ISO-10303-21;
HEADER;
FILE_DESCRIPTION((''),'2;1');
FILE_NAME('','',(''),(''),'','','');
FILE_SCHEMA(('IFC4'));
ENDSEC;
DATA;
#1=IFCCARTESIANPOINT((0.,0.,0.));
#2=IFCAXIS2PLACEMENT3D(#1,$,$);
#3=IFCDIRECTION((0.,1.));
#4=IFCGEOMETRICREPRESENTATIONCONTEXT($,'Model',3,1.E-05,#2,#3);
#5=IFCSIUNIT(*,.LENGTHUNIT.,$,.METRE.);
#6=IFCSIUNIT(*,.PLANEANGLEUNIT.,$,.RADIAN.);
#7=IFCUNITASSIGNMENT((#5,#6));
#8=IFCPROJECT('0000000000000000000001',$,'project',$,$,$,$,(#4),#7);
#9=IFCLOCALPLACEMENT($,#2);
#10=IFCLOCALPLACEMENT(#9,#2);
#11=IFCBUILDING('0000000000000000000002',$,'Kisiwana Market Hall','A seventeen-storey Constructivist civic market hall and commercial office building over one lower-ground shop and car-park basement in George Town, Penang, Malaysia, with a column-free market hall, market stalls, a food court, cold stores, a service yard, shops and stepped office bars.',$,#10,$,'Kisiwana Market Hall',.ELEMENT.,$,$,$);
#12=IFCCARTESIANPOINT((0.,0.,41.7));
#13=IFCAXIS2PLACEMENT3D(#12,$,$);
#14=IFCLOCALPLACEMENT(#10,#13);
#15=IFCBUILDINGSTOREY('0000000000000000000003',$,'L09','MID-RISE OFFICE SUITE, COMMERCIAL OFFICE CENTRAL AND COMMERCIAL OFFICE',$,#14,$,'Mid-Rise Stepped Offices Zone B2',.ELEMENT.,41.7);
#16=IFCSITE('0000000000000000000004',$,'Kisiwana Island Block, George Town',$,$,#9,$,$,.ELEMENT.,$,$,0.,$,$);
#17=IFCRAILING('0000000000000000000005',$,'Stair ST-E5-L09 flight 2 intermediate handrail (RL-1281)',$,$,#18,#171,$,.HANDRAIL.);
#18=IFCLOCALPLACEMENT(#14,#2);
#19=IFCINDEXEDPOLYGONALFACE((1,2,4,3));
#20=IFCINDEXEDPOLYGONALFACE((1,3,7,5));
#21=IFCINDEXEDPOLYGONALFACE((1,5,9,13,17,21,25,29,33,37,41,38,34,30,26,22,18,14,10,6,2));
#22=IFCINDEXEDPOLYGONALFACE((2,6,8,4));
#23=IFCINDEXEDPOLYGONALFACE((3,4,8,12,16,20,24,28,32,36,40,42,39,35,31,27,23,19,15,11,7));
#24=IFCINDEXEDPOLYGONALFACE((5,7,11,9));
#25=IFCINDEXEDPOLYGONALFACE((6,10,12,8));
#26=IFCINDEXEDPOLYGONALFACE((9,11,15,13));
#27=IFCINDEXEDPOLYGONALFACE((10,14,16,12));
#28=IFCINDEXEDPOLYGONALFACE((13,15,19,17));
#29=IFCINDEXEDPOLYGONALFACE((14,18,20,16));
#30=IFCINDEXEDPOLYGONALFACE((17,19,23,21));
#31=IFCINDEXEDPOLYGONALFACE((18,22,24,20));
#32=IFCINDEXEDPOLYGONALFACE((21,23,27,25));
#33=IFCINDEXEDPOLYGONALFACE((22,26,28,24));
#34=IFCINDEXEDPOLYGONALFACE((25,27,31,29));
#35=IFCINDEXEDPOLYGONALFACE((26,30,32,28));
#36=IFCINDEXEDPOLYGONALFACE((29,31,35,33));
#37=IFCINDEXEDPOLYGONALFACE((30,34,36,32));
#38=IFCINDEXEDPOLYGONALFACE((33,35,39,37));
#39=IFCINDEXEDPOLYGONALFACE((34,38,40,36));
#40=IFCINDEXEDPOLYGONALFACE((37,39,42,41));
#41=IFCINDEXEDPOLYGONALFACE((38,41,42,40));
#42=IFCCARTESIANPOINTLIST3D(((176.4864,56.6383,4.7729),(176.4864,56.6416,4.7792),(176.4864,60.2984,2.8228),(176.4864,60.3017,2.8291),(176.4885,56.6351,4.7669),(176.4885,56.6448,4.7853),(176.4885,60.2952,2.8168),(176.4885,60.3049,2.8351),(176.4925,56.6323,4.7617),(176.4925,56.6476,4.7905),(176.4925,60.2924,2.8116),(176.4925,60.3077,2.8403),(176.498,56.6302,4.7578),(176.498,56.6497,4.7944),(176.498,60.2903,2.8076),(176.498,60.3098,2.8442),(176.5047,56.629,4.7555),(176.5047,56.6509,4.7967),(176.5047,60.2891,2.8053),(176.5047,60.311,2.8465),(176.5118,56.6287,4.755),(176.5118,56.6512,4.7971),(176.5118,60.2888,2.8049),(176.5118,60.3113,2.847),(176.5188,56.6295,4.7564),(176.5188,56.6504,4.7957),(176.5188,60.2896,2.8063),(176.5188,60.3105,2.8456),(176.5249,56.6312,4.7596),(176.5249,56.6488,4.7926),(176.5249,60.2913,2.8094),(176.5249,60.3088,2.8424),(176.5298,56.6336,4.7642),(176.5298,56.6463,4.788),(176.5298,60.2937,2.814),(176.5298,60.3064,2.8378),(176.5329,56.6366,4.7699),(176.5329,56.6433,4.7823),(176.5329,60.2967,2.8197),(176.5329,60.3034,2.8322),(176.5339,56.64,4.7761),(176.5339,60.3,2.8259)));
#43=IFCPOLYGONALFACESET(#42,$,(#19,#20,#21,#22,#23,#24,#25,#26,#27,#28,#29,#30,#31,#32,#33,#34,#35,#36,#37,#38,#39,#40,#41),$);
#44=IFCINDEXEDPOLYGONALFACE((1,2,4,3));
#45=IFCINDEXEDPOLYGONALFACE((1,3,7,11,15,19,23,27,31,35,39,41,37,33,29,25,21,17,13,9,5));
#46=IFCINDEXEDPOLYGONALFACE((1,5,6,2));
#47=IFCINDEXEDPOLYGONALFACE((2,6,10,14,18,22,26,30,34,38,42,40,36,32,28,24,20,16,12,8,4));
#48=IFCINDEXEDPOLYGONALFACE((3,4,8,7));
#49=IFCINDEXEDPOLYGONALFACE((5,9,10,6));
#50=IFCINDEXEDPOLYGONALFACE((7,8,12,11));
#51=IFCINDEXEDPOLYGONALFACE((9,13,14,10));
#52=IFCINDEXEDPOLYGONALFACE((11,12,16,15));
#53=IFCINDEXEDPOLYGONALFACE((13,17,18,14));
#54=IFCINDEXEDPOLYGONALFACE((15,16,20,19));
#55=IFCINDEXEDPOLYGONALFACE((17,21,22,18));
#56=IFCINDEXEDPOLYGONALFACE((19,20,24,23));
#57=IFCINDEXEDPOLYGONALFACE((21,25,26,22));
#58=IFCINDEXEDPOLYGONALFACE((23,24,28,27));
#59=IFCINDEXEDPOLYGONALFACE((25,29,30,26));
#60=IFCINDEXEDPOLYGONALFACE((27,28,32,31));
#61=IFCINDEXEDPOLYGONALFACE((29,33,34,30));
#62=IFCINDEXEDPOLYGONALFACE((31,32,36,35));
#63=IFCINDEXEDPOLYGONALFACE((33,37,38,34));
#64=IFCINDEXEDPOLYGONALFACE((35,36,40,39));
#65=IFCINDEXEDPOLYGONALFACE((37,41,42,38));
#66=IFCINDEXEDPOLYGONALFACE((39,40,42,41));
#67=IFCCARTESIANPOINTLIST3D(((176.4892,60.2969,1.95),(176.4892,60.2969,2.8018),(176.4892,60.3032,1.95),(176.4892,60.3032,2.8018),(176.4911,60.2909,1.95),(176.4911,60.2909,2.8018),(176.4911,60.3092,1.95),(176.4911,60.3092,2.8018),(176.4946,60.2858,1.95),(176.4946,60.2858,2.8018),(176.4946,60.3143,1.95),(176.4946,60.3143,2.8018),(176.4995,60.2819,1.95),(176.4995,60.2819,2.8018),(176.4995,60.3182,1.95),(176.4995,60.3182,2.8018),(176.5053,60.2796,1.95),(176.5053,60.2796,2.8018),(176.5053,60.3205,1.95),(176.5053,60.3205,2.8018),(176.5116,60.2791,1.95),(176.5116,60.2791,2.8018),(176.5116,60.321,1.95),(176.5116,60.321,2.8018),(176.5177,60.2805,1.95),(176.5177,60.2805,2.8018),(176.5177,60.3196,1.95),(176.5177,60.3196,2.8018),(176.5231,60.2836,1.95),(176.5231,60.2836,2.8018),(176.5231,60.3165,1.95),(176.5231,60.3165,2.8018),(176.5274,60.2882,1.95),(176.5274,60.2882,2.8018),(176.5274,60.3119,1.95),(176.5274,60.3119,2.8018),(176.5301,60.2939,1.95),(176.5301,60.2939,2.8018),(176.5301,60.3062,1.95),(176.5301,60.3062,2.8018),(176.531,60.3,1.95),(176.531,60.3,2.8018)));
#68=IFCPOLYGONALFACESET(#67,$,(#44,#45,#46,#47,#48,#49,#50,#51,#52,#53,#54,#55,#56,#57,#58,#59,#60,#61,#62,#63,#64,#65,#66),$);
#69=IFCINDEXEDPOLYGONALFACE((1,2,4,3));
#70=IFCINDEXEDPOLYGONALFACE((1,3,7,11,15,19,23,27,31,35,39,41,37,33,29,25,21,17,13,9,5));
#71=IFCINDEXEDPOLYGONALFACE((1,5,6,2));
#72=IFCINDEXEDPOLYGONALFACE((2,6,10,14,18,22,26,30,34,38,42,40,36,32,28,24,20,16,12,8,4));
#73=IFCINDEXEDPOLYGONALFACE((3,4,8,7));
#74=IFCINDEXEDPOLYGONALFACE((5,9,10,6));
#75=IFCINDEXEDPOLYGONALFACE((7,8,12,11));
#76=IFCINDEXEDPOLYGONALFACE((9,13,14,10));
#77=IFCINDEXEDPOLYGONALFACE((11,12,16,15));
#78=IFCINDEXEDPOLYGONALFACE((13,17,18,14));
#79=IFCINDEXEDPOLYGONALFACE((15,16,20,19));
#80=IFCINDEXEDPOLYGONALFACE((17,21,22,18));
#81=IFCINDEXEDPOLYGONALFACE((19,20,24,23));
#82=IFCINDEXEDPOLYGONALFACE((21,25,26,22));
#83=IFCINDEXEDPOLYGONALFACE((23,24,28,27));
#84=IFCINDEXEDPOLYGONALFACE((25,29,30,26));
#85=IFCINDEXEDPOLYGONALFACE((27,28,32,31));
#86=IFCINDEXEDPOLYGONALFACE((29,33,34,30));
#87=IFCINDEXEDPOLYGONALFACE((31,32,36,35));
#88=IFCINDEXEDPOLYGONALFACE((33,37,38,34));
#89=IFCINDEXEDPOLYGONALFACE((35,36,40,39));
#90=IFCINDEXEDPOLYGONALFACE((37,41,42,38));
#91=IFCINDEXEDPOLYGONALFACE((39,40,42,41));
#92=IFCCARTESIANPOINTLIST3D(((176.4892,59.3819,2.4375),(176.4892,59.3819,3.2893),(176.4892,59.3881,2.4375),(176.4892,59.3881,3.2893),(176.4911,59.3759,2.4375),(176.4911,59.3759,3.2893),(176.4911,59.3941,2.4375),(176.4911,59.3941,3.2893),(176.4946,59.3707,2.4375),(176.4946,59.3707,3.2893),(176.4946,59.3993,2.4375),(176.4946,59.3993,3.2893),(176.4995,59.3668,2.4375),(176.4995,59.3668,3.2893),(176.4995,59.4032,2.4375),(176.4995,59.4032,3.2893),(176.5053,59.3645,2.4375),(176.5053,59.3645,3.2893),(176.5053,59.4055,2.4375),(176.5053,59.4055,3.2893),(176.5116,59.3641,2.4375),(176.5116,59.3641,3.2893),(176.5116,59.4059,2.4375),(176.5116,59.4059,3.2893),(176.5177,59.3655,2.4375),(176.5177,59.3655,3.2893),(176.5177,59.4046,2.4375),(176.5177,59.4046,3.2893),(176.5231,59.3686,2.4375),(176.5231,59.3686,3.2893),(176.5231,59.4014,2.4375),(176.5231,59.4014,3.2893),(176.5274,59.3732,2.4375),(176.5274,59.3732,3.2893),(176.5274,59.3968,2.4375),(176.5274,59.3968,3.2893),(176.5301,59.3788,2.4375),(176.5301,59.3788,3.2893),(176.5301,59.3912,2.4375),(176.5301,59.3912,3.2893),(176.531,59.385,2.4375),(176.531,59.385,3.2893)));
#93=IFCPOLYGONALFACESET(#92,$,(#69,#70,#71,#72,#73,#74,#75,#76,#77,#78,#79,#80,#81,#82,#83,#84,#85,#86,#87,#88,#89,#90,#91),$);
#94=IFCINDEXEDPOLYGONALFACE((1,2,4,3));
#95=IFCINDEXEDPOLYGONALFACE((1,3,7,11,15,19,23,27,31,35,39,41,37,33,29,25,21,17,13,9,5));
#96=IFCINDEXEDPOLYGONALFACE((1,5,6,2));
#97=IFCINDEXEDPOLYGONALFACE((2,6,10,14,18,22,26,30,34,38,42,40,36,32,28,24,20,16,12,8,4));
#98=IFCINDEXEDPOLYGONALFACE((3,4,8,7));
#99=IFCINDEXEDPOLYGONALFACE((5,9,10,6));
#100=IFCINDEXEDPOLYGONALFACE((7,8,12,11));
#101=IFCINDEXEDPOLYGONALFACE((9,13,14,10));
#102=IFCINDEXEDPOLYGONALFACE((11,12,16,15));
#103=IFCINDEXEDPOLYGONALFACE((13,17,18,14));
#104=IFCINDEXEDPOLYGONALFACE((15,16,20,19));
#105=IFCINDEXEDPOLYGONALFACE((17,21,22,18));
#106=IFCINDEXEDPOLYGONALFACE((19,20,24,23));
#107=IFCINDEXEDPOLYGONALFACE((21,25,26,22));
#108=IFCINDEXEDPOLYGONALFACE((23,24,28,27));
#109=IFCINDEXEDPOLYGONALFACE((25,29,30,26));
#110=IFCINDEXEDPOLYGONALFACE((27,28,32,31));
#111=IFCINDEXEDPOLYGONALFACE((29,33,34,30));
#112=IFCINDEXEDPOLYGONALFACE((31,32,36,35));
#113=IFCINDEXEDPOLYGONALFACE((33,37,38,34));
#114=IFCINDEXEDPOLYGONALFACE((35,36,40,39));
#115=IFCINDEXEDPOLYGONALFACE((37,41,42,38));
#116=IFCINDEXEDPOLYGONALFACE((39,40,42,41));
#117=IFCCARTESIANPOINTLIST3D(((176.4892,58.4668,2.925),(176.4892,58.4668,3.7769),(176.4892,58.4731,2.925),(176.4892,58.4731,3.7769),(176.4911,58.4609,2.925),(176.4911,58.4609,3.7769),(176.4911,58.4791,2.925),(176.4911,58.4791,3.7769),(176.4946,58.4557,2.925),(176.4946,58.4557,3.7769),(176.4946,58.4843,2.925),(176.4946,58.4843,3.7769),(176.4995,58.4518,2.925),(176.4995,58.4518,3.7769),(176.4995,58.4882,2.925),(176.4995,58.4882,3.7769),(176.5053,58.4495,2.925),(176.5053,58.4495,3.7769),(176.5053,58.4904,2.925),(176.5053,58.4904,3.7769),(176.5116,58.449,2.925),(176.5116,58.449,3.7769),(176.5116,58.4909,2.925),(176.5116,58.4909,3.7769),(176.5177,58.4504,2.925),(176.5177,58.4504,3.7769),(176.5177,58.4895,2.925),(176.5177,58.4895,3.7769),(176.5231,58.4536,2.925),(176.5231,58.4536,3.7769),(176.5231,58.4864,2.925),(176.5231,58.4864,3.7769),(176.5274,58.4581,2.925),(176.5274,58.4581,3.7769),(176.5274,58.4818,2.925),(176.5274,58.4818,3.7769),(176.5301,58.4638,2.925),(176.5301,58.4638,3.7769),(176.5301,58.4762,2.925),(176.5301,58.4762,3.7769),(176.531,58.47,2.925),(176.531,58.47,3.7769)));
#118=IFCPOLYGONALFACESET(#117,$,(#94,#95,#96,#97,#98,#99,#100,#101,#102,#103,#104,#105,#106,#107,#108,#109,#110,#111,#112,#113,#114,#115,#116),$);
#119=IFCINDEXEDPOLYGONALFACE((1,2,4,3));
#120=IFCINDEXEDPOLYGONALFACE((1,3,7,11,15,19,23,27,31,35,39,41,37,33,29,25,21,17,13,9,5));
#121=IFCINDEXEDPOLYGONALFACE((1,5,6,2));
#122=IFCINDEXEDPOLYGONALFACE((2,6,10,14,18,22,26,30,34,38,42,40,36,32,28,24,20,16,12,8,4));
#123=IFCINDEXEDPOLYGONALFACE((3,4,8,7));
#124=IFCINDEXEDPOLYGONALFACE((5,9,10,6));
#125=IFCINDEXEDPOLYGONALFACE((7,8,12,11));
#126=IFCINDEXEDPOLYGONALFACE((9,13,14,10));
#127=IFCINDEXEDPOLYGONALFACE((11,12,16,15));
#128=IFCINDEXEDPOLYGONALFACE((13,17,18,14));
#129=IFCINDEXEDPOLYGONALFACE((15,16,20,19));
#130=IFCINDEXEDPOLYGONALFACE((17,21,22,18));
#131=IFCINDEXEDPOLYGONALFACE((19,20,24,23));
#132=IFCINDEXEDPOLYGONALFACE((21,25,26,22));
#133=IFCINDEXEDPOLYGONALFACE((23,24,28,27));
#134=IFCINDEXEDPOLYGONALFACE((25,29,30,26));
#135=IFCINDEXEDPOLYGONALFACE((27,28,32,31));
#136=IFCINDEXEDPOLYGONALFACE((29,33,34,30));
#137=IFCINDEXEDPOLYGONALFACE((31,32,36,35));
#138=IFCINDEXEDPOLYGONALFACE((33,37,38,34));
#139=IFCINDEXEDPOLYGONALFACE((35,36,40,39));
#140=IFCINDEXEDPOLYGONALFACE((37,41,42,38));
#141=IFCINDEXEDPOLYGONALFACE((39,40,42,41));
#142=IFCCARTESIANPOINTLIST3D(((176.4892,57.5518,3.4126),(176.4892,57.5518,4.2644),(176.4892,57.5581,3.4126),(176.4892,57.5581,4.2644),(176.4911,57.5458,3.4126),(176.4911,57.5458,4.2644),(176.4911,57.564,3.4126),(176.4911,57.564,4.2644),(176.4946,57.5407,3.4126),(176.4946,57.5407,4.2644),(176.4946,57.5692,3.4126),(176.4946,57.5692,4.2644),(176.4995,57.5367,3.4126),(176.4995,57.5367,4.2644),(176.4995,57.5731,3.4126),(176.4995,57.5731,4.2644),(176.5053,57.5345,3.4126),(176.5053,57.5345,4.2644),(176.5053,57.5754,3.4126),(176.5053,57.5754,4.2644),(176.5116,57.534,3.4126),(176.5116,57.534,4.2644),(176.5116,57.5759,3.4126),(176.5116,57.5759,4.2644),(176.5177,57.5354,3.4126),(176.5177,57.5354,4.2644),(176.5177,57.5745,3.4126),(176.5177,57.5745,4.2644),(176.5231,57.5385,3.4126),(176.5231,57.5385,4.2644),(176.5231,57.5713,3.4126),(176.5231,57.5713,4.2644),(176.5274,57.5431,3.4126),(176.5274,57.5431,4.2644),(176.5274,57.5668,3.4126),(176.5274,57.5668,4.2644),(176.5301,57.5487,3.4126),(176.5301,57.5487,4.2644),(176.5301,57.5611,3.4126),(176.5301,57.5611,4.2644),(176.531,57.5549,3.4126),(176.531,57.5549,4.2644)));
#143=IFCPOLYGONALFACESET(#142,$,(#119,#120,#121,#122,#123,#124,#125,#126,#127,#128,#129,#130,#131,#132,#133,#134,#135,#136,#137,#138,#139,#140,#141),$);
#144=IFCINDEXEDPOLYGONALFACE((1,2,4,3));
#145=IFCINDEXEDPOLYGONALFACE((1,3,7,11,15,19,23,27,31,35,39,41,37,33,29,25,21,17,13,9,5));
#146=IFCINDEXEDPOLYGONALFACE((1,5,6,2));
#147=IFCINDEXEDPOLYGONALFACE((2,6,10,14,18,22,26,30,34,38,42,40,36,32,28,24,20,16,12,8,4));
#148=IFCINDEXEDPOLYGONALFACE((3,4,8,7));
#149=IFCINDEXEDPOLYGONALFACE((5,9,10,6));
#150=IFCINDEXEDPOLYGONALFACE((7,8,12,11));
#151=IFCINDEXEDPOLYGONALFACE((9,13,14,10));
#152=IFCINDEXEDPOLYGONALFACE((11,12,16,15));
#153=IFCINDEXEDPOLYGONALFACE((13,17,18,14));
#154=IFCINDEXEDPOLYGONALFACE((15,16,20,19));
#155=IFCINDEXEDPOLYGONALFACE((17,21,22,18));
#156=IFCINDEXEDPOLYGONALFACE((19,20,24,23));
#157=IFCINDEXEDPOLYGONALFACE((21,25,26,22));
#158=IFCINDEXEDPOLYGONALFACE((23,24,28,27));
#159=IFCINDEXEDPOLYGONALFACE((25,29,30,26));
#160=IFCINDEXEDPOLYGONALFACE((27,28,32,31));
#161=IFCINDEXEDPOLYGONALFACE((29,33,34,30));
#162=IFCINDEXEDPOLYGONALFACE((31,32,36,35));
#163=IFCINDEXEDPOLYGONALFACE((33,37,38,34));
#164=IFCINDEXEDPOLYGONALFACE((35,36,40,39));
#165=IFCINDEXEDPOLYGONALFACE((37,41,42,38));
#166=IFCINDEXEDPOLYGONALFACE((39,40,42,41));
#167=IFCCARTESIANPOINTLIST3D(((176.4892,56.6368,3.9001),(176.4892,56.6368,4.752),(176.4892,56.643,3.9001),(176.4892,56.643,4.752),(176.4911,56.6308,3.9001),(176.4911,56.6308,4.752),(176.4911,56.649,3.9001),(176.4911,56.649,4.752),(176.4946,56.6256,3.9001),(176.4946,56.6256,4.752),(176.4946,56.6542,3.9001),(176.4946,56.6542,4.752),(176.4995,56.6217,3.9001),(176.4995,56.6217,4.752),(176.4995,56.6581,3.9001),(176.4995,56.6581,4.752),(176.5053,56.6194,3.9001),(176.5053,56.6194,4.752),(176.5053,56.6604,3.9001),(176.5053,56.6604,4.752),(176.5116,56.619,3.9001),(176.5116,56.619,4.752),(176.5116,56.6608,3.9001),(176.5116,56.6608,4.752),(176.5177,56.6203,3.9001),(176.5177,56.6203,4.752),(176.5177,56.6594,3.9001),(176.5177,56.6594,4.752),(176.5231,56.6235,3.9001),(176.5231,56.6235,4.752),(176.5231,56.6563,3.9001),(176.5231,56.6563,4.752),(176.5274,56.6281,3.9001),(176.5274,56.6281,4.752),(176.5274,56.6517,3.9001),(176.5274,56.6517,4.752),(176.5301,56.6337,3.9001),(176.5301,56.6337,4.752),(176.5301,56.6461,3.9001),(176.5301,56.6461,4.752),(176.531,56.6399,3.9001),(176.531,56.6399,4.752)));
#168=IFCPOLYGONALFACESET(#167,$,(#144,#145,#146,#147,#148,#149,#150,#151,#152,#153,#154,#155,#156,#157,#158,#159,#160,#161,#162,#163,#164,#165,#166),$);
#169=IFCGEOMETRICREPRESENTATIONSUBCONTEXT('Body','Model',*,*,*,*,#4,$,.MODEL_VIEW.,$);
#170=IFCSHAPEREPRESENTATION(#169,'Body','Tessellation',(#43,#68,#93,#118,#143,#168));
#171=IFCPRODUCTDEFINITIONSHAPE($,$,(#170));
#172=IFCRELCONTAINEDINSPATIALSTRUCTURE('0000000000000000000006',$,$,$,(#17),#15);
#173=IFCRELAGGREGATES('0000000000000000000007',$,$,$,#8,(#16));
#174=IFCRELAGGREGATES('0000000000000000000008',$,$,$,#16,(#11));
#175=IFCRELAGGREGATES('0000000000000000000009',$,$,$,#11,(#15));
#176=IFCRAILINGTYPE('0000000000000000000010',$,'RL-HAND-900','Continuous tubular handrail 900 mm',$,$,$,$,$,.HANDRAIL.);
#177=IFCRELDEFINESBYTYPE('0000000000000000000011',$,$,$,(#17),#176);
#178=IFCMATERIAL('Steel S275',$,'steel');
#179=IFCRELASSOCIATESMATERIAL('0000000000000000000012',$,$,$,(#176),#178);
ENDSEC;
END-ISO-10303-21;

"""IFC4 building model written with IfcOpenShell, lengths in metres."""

from ifc_helpers import new_model, si_unit, direction, frame, origin, origin_2d, place, context, subcontext, project, spatial, circle, extrude, material, type_object, element, save


model = new_model("IFC4")

# Units and contexts
model_context = context("Model", 3, precision=1e-05, world=origin(), true_north=direction((0.0, 1.0)))
body_context = subcontext(model_context, "Body", "Model", "MODEL_VIEW")
ifc_project = project(units=[si_unit("LENGTHUNIT", "METRE"), si_unit("PLANEANGLEUNIT", "RADIAN")], contexts=[model_context])

# Site, building, storey
site_placement = place(None, origin())
site = spatial("IfcSite", under=ifc_project, at=site_placement, Name="Kisiwana Island Block, George Town", CompositionType="ELEMENT", RefElevation=0.0)
building_placement = place(site_placement, origin())
building = spatial("IfcBuilding", under=site, at=building_placement, Name="Kisiwana Market Hall", Description="A seventeen-storey Constructivist civic market hall and commercial office building over one lower-ground shop and car-park basement in George Town, Penang, Malaysia, with a column-free market hall, market stalls, a food court, cold stores, a service yard, shops and stepped office bars.", LongName="Kisiwana Market Hall", CompositionType="ELEMENT")
storey_placement = place(building_placement, frame((0.0, 0.0, 41.7)))
storey = spatial("IfcBuildingStorey", under=building, at=storey_placement, Name="L09", Description="MID-RISE OFFICE SUITE, COMMERCIAL OFFICE CENTRAL AND COMMERCIAL OFFICE", LongName="Mid-Rise Stepped Offices Zone B2", CompositionType="ELEMENT", Elevation=41.7)

# Railing
ifc_material_1 = material(Name="Steel S275", Category="steel")
railing_type_1 = type_object("IfcRailingType", Name="RL-HAND-900", Description="Continuous tubular handrail 900 mm", PredefinedType="HANDRAIL", material=ifc_material_1)
railing_1_placement = place(storey_placement, frame((176.51, 60.3, 1.95)))
element("IfcRailing", 1, at=railing_1_placement, inside=storey, type_object=railing_type_1, Name="Stair ST-E5-L09 flight 2 intermediate handrail (RL-1281)", PredefinedType="HANDRAIL", context=body_context, shape_type="SweptSolid", body=[
    extrude(circle(Radius=0.0239, at=origin_2d()), frame((0.0, 0.0, 0.876), z_axis=(0.0, -0.882542, 0.470234), x_axis=(1.0, 0.0, 0.0)), (0.0, 0.0, 1.0), 4.1472),
    extrude(circle(Radius=0.021, at=origin_2d()), origin(), (0.0, 0.0, 1.0), 0.8518),
    extrude(circle(Radius=0.021, at=origin_2d()), frame((0.0, -0.915, 0.4875)), (0.0, 0.0, 1.0), 0.8518),
    extrude(circle(Radius=0.021, at=origin_2d()), frame((0.0, -1.8301, 0.9751)), (0.0, 0.0, 1.0), 0.8518),
    extrude(circle(Radius=0.021, at=origin_2d()), frame((0.0, -2.7451, 1.4626)), (0.0, 0.0, 1.0), 0.8518),
    extrude(circle(Radius=0.021, at=origin_2d()), frame((0.0, -3.6602, 1.9502)), (0.0, 0.0, 1.0), 0.8518),
])

save(model, "model.ifc")
